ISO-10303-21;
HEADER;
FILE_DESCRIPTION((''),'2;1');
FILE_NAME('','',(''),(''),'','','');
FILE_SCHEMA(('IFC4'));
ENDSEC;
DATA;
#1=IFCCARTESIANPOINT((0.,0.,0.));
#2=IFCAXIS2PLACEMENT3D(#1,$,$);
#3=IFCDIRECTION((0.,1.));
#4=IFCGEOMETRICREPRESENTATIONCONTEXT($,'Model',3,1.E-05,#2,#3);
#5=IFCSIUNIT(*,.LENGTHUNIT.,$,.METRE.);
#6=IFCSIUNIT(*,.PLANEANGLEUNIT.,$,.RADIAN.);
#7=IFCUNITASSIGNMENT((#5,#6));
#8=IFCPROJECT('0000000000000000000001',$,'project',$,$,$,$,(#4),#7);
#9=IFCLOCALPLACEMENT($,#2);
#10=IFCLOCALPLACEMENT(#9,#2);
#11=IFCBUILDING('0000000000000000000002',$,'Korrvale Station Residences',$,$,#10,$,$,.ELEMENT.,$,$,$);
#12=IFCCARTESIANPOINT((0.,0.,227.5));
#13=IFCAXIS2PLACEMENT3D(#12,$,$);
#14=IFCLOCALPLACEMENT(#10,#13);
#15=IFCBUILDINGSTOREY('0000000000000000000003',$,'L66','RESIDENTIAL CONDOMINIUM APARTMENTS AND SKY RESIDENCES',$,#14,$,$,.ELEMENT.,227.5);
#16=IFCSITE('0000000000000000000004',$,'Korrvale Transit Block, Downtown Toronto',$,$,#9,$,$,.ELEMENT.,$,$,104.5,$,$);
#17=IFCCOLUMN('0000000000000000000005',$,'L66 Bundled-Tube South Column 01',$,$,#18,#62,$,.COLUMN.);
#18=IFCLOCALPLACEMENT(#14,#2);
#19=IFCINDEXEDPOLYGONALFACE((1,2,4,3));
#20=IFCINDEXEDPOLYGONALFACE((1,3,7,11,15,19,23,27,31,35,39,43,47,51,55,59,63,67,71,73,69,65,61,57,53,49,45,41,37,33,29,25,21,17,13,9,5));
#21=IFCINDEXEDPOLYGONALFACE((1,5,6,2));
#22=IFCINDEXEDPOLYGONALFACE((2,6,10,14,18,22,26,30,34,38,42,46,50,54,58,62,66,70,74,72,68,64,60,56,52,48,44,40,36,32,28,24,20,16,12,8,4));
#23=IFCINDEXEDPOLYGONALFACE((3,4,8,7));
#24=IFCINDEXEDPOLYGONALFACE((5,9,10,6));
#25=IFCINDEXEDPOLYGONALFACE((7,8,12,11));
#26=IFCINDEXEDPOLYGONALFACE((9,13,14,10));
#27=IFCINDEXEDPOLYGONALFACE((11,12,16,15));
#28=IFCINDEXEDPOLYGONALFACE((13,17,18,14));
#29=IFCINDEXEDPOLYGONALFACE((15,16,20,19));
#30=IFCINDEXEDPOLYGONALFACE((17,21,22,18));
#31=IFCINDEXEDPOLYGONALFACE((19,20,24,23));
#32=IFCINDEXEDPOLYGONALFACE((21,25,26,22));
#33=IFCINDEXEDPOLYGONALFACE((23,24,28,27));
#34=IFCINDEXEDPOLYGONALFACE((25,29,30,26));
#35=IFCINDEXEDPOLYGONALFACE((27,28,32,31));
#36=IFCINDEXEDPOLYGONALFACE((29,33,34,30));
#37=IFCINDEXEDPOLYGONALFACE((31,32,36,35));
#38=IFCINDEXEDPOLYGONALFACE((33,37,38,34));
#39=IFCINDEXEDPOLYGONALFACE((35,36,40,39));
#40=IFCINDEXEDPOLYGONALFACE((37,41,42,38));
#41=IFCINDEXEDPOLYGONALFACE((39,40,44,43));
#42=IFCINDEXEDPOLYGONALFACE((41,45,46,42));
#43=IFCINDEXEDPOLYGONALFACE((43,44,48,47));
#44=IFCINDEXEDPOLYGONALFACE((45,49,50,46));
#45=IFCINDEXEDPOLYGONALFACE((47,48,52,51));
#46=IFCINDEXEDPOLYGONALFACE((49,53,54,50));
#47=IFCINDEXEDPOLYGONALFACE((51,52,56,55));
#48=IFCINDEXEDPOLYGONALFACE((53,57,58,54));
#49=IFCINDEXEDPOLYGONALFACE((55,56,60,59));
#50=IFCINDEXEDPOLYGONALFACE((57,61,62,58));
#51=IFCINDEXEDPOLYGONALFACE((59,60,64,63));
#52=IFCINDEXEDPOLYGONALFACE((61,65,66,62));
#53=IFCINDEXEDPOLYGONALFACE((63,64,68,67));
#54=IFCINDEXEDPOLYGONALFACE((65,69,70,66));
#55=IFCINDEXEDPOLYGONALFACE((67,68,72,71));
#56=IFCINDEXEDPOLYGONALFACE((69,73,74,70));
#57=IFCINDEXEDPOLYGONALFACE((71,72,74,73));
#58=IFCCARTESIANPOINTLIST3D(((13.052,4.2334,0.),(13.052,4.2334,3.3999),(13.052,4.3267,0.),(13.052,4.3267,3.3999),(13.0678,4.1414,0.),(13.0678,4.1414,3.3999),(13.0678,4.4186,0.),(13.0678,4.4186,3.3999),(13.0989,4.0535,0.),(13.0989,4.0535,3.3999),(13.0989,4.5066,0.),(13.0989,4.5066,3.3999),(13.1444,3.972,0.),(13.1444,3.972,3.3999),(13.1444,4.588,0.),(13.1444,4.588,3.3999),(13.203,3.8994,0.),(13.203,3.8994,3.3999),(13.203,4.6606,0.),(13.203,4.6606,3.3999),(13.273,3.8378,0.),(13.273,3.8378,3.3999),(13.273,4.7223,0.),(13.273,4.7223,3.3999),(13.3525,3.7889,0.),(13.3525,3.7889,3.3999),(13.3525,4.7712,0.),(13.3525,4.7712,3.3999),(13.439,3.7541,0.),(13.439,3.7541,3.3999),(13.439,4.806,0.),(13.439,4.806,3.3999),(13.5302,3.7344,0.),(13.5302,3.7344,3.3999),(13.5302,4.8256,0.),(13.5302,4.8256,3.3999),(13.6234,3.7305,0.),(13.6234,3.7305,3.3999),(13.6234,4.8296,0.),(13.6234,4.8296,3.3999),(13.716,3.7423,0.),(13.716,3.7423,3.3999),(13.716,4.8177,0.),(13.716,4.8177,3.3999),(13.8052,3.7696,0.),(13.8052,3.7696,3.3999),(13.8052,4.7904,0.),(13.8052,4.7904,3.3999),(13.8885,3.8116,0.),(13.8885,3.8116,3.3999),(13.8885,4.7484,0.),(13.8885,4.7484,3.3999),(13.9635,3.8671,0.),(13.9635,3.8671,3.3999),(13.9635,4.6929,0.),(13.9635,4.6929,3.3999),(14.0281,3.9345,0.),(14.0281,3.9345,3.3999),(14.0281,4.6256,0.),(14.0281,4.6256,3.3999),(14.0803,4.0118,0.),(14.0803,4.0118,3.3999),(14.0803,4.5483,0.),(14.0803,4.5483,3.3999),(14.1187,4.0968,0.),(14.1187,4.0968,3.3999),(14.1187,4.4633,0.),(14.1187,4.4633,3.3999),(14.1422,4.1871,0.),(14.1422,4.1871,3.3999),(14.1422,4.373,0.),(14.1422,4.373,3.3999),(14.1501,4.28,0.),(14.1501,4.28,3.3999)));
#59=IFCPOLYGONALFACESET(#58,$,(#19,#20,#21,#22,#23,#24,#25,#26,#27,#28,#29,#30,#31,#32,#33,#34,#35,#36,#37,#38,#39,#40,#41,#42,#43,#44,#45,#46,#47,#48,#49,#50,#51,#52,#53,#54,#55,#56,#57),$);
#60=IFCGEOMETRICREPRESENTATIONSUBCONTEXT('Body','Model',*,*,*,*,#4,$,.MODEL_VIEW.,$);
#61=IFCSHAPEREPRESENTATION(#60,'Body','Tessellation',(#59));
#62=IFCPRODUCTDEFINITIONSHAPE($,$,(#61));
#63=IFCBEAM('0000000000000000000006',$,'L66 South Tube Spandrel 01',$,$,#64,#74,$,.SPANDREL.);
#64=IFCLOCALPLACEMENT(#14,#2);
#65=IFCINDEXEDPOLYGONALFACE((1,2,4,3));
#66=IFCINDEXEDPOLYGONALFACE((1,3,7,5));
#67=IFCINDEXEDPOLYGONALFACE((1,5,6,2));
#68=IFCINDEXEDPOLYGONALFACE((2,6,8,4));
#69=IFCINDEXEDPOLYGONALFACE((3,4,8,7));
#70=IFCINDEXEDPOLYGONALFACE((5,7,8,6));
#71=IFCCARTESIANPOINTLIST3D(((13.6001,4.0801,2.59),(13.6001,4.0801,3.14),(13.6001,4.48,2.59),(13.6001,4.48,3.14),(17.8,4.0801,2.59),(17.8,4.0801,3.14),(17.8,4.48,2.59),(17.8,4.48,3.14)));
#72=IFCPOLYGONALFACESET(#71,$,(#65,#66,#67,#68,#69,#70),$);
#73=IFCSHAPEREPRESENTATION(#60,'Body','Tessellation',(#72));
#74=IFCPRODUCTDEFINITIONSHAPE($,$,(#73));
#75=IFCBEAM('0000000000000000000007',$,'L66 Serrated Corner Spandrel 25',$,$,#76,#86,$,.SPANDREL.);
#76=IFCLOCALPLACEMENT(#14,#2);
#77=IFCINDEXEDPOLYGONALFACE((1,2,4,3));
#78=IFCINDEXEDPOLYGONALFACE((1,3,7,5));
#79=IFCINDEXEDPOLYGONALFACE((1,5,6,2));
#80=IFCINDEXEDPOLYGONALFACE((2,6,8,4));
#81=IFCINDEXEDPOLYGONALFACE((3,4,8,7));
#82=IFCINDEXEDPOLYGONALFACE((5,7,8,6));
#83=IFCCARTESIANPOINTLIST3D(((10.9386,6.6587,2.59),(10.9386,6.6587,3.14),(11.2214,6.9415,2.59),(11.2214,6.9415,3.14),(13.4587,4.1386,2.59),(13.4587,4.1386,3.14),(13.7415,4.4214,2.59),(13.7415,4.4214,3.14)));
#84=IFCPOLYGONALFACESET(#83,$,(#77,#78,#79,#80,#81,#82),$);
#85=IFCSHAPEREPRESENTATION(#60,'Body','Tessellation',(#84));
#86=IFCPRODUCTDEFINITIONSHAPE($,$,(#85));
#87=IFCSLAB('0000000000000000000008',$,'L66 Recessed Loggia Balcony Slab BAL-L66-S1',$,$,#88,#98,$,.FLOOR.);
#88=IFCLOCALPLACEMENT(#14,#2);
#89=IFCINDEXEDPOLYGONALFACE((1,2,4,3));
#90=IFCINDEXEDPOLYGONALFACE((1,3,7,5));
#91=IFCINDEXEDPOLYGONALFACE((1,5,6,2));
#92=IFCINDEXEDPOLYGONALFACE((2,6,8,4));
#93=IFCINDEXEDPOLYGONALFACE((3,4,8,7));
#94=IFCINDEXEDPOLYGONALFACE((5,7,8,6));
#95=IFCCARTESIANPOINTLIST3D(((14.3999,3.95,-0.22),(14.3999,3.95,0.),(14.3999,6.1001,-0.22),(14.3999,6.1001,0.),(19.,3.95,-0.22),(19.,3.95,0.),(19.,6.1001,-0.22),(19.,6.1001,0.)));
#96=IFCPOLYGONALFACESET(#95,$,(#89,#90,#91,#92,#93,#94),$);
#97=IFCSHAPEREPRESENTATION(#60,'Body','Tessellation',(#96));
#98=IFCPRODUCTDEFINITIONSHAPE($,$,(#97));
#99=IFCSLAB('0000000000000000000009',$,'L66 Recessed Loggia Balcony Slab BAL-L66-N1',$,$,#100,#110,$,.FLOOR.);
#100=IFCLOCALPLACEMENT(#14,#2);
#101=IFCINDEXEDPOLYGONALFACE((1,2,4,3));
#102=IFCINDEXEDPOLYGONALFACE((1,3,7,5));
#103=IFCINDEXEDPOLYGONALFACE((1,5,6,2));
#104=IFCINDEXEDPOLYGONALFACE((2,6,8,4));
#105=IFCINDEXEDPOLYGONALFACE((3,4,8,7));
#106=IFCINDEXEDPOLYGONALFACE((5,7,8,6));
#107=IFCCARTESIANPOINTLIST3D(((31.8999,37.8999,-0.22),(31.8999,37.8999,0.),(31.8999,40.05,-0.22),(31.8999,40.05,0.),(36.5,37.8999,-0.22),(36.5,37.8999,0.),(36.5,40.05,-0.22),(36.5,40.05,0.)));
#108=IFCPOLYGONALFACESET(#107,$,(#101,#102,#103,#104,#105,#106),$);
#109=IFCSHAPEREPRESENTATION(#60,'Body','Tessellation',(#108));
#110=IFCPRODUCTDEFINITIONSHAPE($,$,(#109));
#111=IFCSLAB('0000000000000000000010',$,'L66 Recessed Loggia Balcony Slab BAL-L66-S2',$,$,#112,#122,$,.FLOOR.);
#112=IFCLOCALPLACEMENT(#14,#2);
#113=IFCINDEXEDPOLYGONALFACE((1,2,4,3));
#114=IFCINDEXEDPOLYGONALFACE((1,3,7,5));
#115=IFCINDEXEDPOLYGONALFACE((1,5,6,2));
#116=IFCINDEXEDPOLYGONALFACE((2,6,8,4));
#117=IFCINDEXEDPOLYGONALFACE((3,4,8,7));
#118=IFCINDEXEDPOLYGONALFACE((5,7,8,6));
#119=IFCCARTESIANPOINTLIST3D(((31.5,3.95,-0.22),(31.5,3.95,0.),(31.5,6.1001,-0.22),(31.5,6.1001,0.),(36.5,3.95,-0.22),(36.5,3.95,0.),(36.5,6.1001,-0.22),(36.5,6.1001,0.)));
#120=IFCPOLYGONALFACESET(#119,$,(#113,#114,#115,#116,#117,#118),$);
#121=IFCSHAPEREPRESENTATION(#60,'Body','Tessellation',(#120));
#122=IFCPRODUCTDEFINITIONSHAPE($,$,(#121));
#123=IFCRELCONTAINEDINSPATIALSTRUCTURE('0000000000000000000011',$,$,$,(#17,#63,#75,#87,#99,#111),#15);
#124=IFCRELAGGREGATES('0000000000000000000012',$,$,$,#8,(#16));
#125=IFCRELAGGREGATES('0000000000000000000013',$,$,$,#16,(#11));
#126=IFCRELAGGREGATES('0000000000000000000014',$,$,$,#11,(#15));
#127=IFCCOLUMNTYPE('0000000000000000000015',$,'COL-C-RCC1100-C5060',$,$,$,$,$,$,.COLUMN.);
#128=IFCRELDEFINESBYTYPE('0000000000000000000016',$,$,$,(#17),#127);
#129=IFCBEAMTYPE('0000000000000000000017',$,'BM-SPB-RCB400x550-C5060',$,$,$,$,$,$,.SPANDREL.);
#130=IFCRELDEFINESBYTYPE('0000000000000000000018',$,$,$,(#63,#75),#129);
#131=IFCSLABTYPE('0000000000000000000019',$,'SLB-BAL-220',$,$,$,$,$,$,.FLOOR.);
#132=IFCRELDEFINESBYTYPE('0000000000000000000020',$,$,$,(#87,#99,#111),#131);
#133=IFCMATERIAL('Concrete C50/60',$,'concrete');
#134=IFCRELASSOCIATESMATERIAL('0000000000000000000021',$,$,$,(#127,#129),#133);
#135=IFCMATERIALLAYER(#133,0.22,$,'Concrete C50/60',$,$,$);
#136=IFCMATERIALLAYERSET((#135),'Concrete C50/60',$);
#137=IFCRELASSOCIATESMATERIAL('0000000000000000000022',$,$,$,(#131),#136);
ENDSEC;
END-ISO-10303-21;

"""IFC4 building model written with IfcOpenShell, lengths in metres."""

from ifc_helpers import new_model, si_unit, direction, frame, origin, origin_2d, place, context, subcontext, project, spatial, polyline, rectangle, circle, outline, extrude, material, layer, layer_set, material_profile, profile_set, type_object, element, save


model = new_model("IFC4")

# Units and contexts
model_context = context("Model", 3, precision=1e-05, world=origin(), true_north=direction((0.0, 1.0)))
body_context = subcontext(model_context, "Body", "Model", "MODEL_VIEW")
ifc_project = project(units=[si_unit("LENGTHUNIT", "METRE"), si_unit("PLANEANGLEUNIT", "RADIAN")], contexts=[model_context])

# Site, building, storey
site_placement = place(None, origin())
site = spatial("IfcSite", under=ifc_project, at=site_placement, Name="Korrvale Transit Block, Downtown Toronto", CompositionType="ELEMENT", RefElevation=104.5)
building_placement = place(site_placement, origin())
building = spatial("IfcBuilding", under=site, at=building_placement, Name="Korrvale Station Residences", CompositionType="ELEMENT")
storey_placement = place(building_placement, frame((0.0, 0.0, 227.5)))
storey = spatial("IfcBuildingStorey", under=building, at=storey_placement, Name="L66", Description="RESIDENTIAL CONDOMINIUM APARTMENTS AND SKY RESIDENCES", CompositionType="ELEMENT", Elevation=227.5)

# Column
ifc_material_1 = material(Name="Concrete C50/60", Category="concrete")
ifc_material_profile_1 = material_profile(ifc_material_1, circle(Radius=0.55, at=origin_2d()), Name="RCC1100")
ifc_profile_set_1 = profile_set([ifc_material_profile_1], Name="Concrete C50/60")
column_type = type_object("IfcColumnType", Name="COL-C-RCC1100-C5060", PredefinedType="COLUMN", material=ifc_profile_set_1)
column_placement = place(storey_placement, frame((13.6001, 4.28, 0.0), z_axis=(0.0, 0.0, 1.0), x_axis=(1.0, 0.0, 0.0)))
element("IfcColumn", 1, at=column_placement, inside=storey, type_object=column_type, Name="L66 Bundled-Tube South Column 01", PredefinedType="COLUMN", context=body_context, shape_type="SweptSolid", body=[
    extrude(circle(Radius=0.55, at=origin_2d()), origin(), (0.0, 0.0, 1.0), 3.3999),
])

# Beams
ifc_material_profile_2 = material_profile(ifc_material_1, rectangle(XDim=0.3999, YDim=0.55, at=origin_2d()), Name="RCB400x550")
ifc_profile_set_2 = profile_set([ifc_material_profile_2], Name="Concrete C50/60")
beam_type = type_object("IfcBeamType", Name="BM-SPB-RCB400x550-C5060", PredefinedType="SPANDREL", material=ifc_profile_set_2)
beam_1_placement = place(storey_placement, frame((13.6001, 4.28, 2.865), z_axis=(1.0, 0.0, 0.0), x_axis=(0.0, 1.0, 0.0)))
element("IfcBeam", 2, at=beam_1_placement, inside=storey, type_object=beam_type, Name="L66 South Tube Spandrel 01", PredefinedType="SPANDREL", context=body_context, shape_type="SweptSolid", body=[
    extrude(rectangle(XDim=0.3999, YDim=0.55, at=origin_2d()), origin(), (0.0, 0.0, 1.0), 4.2),
])
beam_2_placement = place(storey_placement, frame((13.6001, 4.28, 2.865), z_axis=(-0.707107, 0.707107, 0.0), x_axis=(-0.707107, -0.707107, 0.0)))
element("IfcBeam", 3, at=beam_2_placement, inside=storey, type_object=beam_type, Name="L66 Serrated Corner Spandrel 25", PredefinedType="SPANDREL", context=body_context, shape_type="SweptSolid", body=[
    extrude(rectangle(XDim=0.3999, YDim=0.55, at=origin_2d()), origin(), (0.0, 0.0, 1.0), 3.564),
])

# Slabs
ifc_layer_1 = layer(ifc_material_1, 0.22, Name="Concrete C50/60")
ifc_layer_set_1 = layer_set([ifc_layer_1], Name="Concrete C50/60")
slab_type_1 = type_object("IfcSlabType", Name="SLB-BAL-220", PredefinedType="FLOOR", material=ifc_layer_set_1)
slab_1_placement = place(storey_placement, frame((0.0, 0.0, -0.22)))
element("IfcSlab", 4, at=slab_1_placement, inside=storey, type_object=slab_type_1, Name="L66 Recessed Loggia Balcony Slab BAL-L66-S1", PredefinedType="FLOOR", context=body_context, shape_type="SweptSolid", body=[
    extrude(outline(polyline([(14.3999, 3.95), (19.0, 3.95), (19.0, 6.1001), (14.3999, 6.1001), (14.3999, 3.95)])), origin(), (0.0, 0.0, 1.0), 0.22),
])
slab_2_placement = place(storey_placement, frame((0.0, 0.0, -0.22)))
element("IfcSlab", 5, at=slab_2_placement, inside=storey, type_object=slab_type_1, Name="L66 Recessed Loggia Balcony Slab BAL-L66-N1", PredefinedType="FLOOR", context=body_context, shape_type="SweptSolid", body=[
    extrude(outline(polyline([(31.8999, 37.8999), (36.5, 37.8999), (36.5, 40.05), (31.8999, 40.05), (31.8999, 37.8999)])), origin(), (0.0, 0.0, 1.0), 0.22),
])
slab_3_placement = place(storey_placement, frame((0.0, 0.0, -0.22)))
element("IfcSlab", 6, at=slab_3_placement, inside=storey, type_object=slab_type_1, Name="L66 Recessed Loggia Balcony Slab BAL-L66-S2", PredefinedType="FLOOR", context=body_context, shape_type="SweptSolid", body=[
    extrude(outline(polyline([(31.5, 3.95), (36.5, 3.95), (36.5, 6.1001), (31.5, 6.1001), (31.5, 3.95)])), origin(), (0.0, 0.0, 1.0), 0.22),
])

save(model, "model.ifc")
